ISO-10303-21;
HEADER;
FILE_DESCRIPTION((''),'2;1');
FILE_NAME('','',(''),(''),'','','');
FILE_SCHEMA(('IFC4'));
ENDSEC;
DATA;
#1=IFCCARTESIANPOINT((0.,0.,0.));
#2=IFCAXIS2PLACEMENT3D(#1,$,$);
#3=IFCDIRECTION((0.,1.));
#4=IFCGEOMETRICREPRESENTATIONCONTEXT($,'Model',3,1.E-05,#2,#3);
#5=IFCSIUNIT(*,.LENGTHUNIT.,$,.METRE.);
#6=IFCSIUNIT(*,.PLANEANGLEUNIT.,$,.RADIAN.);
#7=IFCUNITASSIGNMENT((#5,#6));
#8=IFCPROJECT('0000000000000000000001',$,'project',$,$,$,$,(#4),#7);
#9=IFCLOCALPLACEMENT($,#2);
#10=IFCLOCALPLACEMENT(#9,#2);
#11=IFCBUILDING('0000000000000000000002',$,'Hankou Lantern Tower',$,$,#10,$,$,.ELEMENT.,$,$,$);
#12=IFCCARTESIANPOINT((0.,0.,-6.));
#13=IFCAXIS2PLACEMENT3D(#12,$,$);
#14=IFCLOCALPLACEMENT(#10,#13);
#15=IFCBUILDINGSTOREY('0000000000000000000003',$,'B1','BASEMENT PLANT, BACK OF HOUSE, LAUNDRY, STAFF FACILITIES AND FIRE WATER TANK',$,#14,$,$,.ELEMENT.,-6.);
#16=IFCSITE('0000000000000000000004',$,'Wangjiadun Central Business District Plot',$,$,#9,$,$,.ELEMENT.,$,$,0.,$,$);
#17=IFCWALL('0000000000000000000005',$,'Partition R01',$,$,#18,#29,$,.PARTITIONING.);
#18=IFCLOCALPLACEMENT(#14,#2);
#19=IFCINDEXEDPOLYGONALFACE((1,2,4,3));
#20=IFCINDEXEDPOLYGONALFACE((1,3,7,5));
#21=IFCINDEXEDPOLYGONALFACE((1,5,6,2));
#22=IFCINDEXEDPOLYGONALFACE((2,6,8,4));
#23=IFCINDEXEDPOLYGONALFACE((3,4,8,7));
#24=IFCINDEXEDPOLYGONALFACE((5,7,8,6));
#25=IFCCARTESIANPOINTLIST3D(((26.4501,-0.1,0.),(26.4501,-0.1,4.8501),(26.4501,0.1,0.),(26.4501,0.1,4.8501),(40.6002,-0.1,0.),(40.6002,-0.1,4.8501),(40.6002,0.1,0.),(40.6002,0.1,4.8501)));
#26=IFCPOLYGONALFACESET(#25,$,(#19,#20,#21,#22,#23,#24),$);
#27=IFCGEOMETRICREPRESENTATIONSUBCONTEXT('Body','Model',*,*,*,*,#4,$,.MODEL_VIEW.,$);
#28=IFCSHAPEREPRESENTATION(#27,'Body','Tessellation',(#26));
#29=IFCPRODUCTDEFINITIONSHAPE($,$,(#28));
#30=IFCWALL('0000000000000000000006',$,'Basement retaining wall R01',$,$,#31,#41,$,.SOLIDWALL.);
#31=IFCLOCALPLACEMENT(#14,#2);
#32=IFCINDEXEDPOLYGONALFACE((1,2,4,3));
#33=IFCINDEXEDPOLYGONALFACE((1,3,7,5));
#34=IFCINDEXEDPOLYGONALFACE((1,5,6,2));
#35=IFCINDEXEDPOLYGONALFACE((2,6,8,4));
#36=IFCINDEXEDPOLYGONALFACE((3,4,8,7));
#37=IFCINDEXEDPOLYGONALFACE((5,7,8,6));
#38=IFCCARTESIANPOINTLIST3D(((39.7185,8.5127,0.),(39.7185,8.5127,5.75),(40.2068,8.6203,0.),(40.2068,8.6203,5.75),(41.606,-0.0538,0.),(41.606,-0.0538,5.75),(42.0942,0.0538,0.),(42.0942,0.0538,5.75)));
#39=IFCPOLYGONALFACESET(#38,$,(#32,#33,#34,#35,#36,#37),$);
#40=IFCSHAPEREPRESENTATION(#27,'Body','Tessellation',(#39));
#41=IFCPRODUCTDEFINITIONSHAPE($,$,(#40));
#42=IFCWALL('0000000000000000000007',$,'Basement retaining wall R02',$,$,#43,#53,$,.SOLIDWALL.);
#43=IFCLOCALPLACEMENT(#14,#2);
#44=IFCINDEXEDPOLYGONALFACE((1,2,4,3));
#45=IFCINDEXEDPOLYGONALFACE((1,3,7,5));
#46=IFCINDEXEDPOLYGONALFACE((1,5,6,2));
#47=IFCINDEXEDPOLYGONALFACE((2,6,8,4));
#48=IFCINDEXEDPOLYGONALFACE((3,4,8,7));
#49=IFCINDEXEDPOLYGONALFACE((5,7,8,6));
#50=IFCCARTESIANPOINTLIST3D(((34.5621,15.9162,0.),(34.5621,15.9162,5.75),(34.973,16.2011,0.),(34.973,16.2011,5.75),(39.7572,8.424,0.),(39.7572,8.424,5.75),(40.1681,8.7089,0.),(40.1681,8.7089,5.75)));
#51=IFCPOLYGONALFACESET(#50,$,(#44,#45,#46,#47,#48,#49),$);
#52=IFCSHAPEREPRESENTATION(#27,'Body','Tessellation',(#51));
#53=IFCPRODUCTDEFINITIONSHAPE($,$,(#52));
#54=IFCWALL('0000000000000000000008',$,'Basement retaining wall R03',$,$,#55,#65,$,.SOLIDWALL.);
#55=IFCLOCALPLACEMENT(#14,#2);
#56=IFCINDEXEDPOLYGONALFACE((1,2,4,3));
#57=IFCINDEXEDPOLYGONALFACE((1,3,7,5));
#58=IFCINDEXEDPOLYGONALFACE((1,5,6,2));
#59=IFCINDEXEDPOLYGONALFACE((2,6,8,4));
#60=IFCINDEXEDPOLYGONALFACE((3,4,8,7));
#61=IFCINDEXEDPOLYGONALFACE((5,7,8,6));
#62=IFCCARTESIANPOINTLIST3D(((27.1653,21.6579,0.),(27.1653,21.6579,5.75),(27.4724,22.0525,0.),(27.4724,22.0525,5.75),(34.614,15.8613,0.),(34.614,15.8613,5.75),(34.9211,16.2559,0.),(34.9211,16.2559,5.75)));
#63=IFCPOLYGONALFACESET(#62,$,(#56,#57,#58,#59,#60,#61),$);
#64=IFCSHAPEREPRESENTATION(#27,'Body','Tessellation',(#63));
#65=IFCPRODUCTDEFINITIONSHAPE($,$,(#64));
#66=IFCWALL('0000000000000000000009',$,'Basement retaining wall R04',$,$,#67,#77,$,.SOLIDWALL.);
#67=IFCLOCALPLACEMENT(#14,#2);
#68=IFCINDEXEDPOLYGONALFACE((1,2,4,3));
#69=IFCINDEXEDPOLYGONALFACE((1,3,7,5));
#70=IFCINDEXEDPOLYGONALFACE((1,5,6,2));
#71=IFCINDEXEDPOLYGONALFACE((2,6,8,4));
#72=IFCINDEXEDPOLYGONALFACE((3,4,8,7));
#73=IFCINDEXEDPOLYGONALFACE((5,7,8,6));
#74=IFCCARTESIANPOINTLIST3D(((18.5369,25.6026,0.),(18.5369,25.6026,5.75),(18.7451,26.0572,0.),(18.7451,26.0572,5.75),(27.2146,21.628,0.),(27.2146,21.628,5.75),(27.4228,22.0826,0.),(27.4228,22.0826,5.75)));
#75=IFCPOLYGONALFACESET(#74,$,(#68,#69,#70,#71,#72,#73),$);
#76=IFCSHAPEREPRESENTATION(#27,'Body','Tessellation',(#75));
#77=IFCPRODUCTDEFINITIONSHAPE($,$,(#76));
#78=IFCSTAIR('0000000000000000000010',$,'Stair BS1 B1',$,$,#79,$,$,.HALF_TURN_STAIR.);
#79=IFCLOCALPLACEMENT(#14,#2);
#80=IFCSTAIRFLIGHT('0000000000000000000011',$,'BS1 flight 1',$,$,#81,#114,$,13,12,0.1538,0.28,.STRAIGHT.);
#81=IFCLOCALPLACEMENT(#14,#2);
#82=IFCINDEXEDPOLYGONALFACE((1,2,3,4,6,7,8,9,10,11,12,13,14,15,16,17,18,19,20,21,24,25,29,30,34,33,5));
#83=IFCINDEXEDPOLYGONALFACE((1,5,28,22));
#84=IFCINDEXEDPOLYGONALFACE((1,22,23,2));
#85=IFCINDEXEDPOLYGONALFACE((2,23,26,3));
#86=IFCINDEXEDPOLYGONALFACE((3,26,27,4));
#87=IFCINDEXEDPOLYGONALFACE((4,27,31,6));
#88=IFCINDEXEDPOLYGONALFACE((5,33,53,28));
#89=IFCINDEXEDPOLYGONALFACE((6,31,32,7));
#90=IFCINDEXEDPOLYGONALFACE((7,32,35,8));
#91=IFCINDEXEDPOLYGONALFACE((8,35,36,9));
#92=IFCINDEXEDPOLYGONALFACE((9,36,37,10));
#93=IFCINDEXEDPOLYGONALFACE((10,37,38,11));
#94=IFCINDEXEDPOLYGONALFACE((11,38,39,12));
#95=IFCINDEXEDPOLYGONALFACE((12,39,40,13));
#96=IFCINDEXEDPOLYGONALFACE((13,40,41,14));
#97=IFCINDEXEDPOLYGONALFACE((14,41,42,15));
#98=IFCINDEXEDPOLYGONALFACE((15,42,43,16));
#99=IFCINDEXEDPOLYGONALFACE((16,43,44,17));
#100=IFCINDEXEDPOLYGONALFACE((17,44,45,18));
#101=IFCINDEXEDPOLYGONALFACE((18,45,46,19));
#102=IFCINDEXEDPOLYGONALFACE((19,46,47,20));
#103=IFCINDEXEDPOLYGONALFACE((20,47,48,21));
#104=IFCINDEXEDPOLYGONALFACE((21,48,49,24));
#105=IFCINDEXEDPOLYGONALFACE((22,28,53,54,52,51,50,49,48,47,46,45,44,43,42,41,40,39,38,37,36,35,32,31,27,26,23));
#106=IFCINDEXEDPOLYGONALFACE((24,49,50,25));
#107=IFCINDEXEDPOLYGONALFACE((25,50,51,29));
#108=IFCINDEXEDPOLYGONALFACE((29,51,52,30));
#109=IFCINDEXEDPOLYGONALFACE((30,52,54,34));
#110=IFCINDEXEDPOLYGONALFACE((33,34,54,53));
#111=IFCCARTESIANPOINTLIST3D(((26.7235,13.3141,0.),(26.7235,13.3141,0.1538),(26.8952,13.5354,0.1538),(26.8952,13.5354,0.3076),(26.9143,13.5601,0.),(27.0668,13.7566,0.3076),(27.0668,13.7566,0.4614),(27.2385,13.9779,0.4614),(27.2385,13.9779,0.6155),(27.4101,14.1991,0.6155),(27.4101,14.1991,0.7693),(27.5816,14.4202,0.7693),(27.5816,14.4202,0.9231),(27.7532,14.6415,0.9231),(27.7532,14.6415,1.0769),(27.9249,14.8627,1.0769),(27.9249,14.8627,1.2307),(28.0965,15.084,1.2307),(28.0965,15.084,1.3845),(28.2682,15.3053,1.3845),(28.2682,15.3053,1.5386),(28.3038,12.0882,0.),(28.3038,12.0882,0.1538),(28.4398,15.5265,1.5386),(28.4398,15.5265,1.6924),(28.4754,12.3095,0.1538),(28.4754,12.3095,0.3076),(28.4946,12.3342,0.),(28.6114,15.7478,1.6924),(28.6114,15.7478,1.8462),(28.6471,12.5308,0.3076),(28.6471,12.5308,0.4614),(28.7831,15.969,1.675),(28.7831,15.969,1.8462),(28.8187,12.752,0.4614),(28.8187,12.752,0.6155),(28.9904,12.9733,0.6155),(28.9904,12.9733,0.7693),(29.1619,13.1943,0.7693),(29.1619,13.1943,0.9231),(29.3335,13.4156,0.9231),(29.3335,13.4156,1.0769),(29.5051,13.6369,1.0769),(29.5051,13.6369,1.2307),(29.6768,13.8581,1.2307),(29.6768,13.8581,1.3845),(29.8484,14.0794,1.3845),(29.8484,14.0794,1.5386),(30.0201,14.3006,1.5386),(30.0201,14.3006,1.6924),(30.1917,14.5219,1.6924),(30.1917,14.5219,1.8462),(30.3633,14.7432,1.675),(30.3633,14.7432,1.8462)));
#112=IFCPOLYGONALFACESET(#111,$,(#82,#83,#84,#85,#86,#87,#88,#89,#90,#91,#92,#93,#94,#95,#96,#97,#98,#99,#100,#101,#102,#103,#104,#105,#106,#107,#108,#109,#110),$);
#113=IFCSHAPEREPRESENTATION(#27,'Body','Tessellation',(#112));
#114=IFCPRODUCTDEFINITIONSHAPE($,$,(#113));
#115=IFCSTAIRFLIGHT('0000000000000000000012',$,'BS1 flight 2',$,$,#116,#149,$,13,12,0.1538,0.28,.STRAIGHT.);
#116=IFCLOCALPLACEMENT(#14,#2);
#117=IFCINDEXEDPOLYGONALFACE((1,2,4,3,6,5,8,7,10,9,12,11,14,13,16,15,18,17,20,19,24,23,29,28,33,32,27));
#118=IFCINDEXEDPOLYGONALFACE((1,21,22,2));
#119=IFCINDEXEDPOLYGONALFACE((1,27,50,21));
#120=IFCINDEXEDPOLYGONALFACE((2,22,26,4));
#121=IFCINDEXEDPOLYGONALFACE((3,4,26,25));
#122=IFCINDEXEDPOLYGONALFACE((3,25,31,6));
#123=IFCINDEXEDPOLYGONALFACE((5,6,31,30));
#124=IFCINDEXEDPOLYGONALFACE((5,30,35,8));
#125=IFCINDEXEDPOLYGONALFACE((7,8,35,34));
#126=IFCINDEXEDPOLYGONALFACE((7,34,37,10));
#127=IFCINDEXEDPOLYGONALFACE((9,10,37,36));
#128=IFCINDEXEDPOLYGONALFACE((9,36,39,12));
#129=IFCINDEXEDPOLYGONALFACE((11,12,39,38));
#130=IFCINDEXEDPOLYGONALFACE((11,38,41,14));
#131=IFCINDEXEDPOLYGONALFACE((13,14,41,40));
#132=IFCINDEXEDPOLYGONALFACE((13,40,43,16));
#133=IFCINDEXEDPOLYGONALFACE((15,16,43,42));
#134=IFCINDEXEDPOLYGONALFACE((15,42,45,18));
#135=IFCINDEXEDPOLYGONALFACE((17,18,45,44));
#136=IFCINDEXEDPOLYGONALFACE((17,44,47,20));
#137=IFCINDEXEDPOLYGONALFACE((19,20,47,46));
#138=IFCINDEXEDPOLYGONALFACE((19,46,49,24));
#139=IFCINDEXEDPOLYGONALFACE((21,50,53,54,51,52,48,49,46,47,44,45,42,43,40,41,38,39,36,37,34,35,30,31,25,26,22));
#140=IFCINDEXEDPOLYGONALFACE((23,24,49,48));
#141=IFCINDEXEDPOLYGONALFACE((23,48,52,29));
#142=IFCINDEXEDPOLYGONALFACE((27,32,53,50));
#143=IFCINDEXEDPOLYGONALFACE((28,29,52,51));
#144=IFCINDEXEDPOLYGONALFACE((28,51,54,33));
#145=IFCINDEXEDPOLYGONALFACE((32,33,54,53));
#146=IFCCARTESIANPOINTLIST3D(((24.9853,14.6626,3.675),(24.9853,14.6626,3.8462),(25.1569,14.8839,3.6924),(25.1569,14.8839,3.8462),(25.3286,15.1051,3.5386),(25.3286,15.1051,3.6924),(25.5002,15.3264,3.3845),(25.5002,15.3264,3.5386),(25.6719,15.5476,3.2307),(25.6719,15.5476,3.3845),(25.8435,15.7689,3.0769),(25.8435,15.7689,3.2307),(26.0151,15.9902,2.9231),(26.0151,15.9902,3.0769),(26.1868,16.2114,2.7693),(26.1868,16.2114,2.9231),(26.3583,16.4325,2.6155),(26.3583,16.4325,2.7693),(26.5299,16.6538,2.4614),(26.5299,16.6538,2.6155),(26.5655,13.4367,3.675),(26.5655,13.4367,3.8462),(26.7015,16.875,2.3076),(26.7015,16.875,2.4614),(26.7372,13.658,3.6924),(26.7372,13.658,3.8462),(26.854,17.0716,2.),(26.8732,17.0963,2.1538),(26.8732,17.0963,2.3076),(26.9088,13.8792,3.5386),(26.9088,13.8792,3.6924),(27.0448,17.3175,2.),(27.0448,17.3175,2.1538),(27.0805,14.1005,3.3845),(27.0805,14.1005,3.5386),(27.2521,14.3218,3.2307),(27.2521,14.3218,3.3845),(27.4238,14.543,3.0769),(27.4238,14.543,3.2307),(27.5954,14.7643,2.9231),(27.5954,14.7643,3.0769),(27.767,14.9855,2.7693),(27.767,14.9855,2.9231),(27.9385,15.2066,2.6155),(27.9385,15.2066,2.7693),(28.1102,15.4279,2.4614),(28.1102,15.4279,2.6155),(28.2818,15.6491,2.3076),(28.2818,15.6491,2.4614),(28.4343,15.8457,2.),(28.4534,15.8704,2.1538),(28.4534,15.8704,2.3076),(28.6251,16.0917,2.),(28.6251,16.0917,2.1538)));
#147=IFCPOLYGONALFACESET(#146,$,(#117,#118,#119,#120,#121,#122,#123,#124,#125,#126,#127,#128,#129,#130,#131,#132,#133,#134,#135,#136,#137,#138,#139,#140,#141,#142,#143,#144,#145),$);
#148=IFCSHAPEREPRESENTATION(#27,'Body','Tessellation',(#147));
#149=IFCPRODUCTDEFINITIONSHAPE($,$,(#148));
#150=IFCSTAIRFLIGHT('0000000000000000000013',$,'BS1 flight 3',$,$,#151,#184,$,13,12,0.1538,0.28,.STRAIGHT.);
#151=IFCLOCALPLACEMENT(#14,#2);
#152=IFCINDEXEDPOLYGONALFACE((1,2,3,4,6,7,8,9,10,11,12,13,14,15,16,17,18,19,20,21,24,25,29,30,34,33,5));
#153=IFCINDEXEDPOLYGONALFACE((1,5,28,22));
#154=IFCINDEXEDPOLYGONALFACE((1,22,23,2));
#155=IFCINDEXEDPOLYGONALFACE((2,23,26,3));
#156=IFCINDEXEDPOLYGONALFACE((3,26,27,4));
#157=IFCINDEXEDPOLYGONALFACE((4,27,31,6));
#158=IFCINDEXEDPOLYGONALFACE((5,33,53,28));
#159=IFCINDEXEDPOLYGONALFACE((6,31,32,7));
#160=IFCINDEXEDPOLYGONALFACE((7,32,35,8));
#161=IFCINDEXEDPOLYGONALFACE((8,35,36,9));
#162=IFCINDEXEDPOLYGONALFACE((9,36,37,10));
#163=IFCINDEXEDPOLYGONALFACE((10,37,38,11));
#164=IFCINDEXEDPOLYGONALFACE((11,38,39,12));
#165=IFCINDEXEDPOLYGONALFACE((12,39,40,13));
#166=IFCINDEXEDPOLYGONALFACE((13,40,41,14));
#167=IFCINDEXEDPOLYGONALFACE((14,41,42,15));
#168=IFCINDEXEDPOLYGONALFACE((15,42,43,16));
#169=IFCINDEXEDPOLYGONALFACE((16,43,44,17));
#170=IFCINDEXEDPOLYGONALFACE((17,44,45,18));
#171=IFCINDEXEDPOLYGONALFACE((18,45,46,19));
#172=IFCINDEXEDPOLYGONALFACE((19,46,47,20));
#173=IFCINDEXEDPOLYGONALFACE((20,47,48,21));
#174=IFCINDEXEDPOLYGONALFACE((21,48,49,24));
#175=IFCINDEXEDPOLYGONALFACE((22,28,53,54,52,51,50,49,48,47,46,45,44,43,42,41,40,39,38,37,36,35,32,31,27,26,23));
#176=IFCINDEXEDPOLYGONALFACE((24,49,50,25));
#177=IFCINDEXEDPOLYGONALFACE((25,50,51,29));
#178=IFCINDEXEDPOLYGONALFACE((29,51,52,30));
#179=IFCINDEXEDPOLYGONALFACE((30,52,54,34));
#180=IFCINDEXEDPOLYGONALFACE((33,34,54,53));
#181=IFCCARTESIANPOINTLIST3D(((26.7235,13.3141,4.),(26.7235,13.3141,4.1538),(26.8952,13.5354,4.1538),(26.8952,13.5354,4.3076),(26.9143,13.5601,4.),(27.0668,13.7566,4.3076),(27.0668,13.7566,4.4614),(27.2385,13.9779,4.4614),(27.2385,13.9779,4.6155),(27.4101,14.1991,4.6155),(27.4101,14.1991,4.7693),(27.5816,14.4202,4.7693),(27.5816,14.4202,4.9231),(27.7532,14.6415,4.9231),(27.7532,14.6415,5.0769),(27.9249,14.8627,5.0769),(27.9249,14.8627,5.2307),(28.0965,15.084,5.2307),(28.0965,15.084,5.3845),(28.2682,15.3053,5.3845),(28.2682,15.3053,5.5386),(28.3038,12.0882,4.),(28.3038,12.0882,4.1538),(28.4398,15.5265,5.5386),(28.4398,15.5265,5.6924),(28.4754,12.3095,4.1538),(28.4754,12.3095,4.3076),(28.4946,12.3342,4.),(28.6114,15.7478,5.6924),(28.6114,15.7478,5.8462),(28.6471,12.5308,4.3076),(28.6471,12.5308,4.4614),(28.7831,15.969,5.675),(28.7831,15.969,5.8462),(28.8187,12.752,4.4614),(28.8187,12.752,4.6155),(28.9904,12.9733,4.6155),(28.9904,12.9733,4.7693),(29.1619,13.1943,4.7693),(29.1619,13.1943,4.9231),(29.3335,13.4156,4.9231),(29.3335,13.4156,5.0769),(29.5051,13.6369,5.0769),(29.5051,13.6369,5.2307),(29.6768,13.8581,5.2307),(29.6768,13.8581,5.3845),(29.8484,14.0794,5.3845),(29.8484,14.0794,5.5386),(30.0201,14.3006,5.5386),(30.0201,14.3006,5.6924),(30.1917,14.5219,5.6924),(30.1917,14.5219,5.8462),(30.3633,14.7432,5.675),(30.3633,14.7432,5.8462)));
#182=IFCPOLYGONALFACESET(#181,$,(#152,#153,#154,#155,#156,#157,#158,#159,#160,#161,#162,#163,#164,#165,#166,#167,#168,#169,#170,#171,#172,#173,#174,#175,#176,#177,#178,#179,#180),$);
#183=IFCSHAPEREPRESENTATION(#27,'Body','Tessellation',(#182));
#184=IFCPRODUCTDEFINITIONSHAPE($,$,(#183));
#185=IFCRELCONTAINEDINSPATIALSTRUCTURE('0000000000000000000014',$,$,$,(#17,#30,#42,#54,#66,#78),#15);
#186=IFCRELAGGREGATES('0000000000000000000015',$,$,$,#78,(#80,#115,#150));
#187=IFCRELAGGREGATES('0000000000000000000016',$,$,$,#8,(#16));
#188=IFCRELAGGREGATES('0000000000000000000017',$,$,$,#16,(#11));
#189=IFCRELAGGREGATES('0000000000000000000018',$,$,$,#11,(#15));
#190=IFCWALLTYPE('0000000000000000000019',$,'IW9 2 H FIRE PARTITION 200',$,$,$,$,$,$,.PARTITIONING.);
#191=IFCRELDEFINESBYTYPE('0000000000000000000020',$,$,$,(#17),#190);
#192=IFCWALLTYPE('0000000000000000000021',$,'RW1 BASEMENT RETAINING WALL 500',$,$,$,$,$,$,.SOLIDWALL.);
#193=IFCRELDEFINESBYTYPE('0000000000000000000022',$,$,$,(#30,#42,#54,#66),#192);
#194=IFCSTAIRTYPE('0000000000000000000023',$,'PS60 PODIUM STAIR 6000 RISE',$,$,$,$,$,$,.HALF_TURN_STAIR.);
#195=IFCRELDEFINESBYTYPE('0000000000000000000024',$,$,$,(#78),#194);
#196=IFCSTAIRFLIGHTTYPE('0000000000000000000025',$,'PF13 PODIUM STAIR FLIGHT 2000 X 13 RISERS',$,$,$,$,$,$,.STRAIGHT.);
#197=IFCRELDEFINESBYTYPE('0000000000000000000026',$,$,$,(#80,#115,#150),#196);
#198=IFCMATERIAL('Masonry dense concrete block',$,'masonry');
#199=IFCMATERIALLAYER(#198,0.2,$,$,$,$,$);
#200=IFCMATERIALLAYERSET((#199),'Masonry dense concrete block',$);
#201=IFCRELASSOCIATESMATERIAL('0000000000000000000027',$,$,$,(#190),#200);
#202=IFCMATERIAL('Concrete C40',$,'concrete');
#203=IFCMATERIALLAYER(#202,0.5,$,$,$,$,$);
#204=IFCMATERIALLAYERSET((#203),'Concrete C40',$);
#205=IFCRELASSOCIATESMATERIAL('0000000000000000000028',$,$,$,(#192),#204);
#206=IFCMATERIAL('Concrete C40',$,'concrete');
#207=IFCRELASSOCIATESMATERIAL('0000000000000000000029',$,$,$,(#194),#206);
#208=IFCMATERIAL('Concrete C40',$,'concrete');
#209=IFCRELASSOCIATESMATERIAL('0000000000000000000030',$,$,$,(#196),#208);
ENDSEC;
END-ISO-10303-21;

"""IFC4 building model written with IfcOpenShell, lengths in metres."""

from ifc_helpers import new_model, si_unit, direction, frame, frame_2d, origin, place, context, subcontext, project, spatial, polyline, rectangle, outline, extrude, material, layer, layer_set, type_object, element, aggregate, save


model = new_model("IFC4")

# Units and contexts
model_context = context("Model", 3, precision=1e-05, world=origin(), true_north=direction((0.0, 1.0)))
body_context = subcontext(model_context, "Body", "Model", "MODEL_VIEW")
ifc_project = project(units=[si_unit("LENGTHUNIT", "METRE"), si_unit("PLANEANGLEUNIT", "RADIAN")], contexts=[model_context])

# Site, building, storey
site_placement = place(None, origin())
site = spatial("IfcSite", under=ifc_project, at=site_placement, Name="Wangjiadun Central Business District Plot", CompositionType="ELEMENT", RefElevation=0.0)
building_placement = place(site_placement, origin())
building = spatial("IfcBuilding", under=site, at=building_placement, Name="Hankou Lantern Tower", CompositionType="ELEMENT")
storey_placement = place(building_placement, frame((0.0, 0.0, -6.0)))
storey = spatial("IfcBuildingStorey", under=building, at=storey_placement, Name="B1", Description="BASEMENT PLANT, BACK OF HOUSE, LAUNDRY, STAFF FACILITIES AND FIRE WATER TANK", CompositionType="ELEMENT", Elevation=-6.0)

# Walls
ifc_material_1 = material(Name="Masonry dense concrete block", Category="masonry")
ifc_layer_1 = layer(ifc_material_1, 0.2)
ifc_layer_set_1 = layer_set([ifc_layer_1], Name="Masonry dense concrete block")
wall_type_1 = type_object("IfcWallType", Name="IW9 2 H FIRE PARTITION 200", PredefinedType="PARTITIONING", material=ifc_layer_set_1)
wall_1_placement = place(storey_placement, frame((26.45, 0.0, 0.0), z_axis=(0.0, 0.0, 1.0), x_axis=(1.0, 0.0, 0.0)))
element("IfcWall", 1, at=wall_1_placement, inside=storey, type_object=wall_type_1, Name="Partition R01", PredefinedType="PARTITIONING", context=body_context, shape_type="SweptSolid", body=[
    extrude(rectangle(XDim=14.1501, YDim=0.2, at=frame_2d((7.0752, 0.0))), origin(), (0.0, 0.0, 1.0), 4.8501),
])
ifc_material_2 = material(Name="Concrete C40", Category="concrete")
ifc_layer_2 = layer(ifc_material_2, 0.5)
ifc_layer_set_2 = layer_set([ifc_layer_2], Name="Concrete C40")
wall_type_2 = type_object("IfcWallType", Name="RW1 BASEMENT RETAINING WALL 500", PredefinedType="SOLIDWALL", material=ifc_layer_set_2)
wall_2_placement = place(storey_placement, frame((41.8501, 0.0, 0.0), z_axis=(0.0, 0.0, 1.0), x_axis=(-0.215171, 0.976576, 0.0)))
element("IfcWall", 2, at=wall_2_placement, inside=storey, type_object=wall_type_2, Name="Basement retaining wall R01", PredefinedType="SOLIDWALL", context=body_context, shape_type="SweptSolid", body=[
    extrude(rectangle(XDim=8.772, YDim=0.5, at=frame_2d((4.386, 0.0))), origin(), (0.0, 0.0, 1.0), 5.75),
])
wall_3_placement = place(storey_placement, frame((39.9626, 8.5664, 0.0), z_axis=(0.0, 0.0, 1.0), x_axis=(-0.569816, 0.821773, 0.0)))
element("IfcWall", 3, at=wall_3_placement, inside=storey, type_object=wall_type_2, Name="Basement retaining wall R02", PredefinedType="SOLIDWALL", context=body_context, shape_type="SweptSolid", body=[
    extrude(rectangle(XDim=9.1172, YDim=0.5, at=frame_2d((4.5586, 0.0))), origin(), (0.0, 0.0, 1.0), 5.75),
])
wall_4_placement = place(storey_placement, frame((34.7676, 16.0586, 0.0), z_axis=(0.0, 0.0, 1.0), x_axis=(-0.789189, 0.61415, 0.0)))
element("IfcWall", 4, at=wall_4_placement, inside=storey, type_object=wall_type_2, Name="Basement retaining wall R03", PredefinedType="SOLIDWALL", context=body_context, shape_type="SweptSolid", body=[
    extrude(rectangle(XDim=9.4385, YDim=0.5, at=frame_2d((4.7192, 0.0))), origin(), (0.0, 0.0, 1.0), 5.75),
])
wall_5_placement = place(storey_placement, frame((27.3188, 21.8552, 0.0), z_axis=(0.0, 0.0, 1.0), x_axis=(-0.909171, 0.416422, 0.0)))
element("IfcWall", 5, at=wall_5_placement, inside=storey, type_object=wall_type_2, Name="Basement retaining wall R04", PredefinedType="SOLIDWALL", context=body_context, shape_type="SweptSolid", body=[
    extrude(rectangle(XDim=9.5447, YDim=0.5, at=frame_2d((4.7725, 0.0))), origin(), (0.0, 0.0, 1.0), 5.75),
])

# Stair, stair flights
ifc_material_3 = material(Name="Concrete C40", Category="concrete")
stair_type = type_object("IfcStairType", Name="PS60 PODIUM STAIR 6000 RISE", PredefinedType="HALF_TURN_STAIR", material=ifc_material_3)
stair_placement = place(storey_placement, origin())
stair = element("IfcStair", 6, at=stair_placement, inside=storey, type_object=stair_type, Name="Stair BS1 B1", PredefinedType="HALF_TURN_STAIR")
ifc_material_4 = material(Name="Concrete C40", Category="concrete")
stair_flight_type = type_object("IfcStairFlightType", Name="PF13 PODIUM STAIR FLIGHT 2000 X 13 RISERS", PredefinedType="STRAIGHT", material=ifc_material_4)
stair_flight_1_placement = place(storey_placement, frame((27.5137, 12.7012, 0.0), z_axis=(0.0, 0.0, 1.0), x_axis=(0.61294, 0.79013, 0.0)))
stair_flight_1 = element("IfcStairFlight", 7, at=stair_flight_1_placement, type_object=stair_flight_type, Name="BS1 flight 1", NumberOfRisers=13, NumberOfTreads=12, PredefinedType="STRAIGHT", RiserHeight=0.1538, TreadLength=0.28, context=body_context, shape_type="SweptSolid", body=[
    extrude(outline(polyline([(0.0, 0.0), (0.0, 0.1538), (0.28, 0.1538), (0.28, 0.3076), (0.5601, 0.3076), (0.5601, 0.4614), (0.8401, 0.4614), (0.8401, 0.6155), (1.1201, 0.6155), (1.1201, 0.7693), (1.3999, 0.7693), (1.3999, 0.9231), (1.6799, 0.9231), (1.6799, 1.0769), (1.96, 1.0769), (1.96, 1.2307), (2.24, 1.2307), (2.24, 1.3845), (2.52, 1.3845), (2.52, 1.5386), (2.8, 1.5386), (2.8, 1.6924), (3.0801, 1.6924), (3.0801, 1.8462), (3.3601, 1.8462), (3.3601, 2.0), (3.3601, 1.675), (0.3113, 0.0), (0.0, 0.0)])), frame((0.0, 1.0, 0.0), z_axis=(0.0, -1.0, 0.0), x_axis=(1.0, 0.0, 0.0)), (0.0, 0.0, 1.0), 2.0),
])
stair_flight_2_placement = place(storey_placement, frame((27.835, 16.7046, 2.0), z_axis=(0.0, 0.0, 1.0), x_axis=(-0.61294, -0.79013, 0.0)))
stair_flight_2 = element("IfcStairFlight", 8, at=stair_flight_2_placement, type_object=stair_flight_type, Name="BS1 flight 2", NumberOfRisers=13, NumberOfTreads=12, PredefinedType="STRAIGHT", RiserHeight=0.1538, TreadLength=0.28, context=body_context, shape_type="SweptSolid", body=[
    extrude(outline(polyline([(0.0, 0.0), (0.0, 0.1538), (0.28, 0.1538), (0.28, 0.3076), (0.5601, 0.3076), (0.5601, 0.4614), (0.8401, 0.4614), (0.8401, 0.6155), (1.1201, 0.6155), (1.1201, 0.7693), (1.3999, 0.7693), (1.3999, 0.9231), (1.6799, 0.9231), (1.6799, 1.0769), (1.96, 1.0769), (1.96, 1.2307), (2.24, 1.2307), (2.24, 1.3845), (2.52, 1.3845), (2.52, 1.5386), (2.8, 1.5386), (2.8, 1.6924), (3.0801, 1.6924), (3.0801, 1.8462), (3.3601, 1.8462), (3.3601, 2.0), (3.3601, 1.675), (0.3113, 0.0), (0.0, 0.0)])), frame((0.0, 1.0, 0.0), z_axis=(0.0, -1.0, 0.0), x_axis=(1.0, 0.0, 0.0)), (0.0, 0.0, 1.0), 2.0),
])
stair_flight_3_placement = place(storey_placement, frame((27.5137, 12.7012, 4.0), z_axis=(0.0, 0.0, 1.0), x_axis=(0.61294, 0.79013, 0.0)))
stair_flight_3 = element("IfcStairFlight", 9, at=stair_flight_3_placement, type_object=stair_flight_type, Name="BS1 flight 3", NumberOfRisers=13, NumberOfTreads=12, PredefinedType="STRAIGHT", RiserHeight=0.1538, TreadLength=0.28, context=body_context, shape_type="SweptSolid", body=[
    extrude(outline(polyline([(0.0, 0.0), (0.0, 0.1538), (0.28, 0.1538), (0.28, 0.3076), (0.5601, 0.3076), (0.5601, 0.4614), (0.8401, 0.4614), (0.8401, 0.6155), (1.1201, 0.6155), (1.1201, 0.7693), (1.3999, 0.7693), (1.3999, 0.9231), (1.6799, 0.9231), (1.6799, 1.0769), (1.96, 1.0769), (1.96, 1.2307), (2.24, 1.2307), (2.24, 1.3845), (2.52, 1.3845), (2.52, 1.5386), (2.8, 1.5386), (2.8, 1.6924), (3.0801, 1.6924), (3.0801, 1.8462), (3.3601, 1.8462), (3.3601, 2.0), (3.3601, 1.675), (0.3113, 0.0), (0.0, 0.0)])), frame((0.0, 1.0, 0.0), z_axis=(0.0, -1.0, 0.0), x_axis=(1.0, 0.0, 0.0)), (0.0, 0.0, 1.0), 2.0),
])
aggregate(stair, [stair_flight_1, stair_flight_2, stair_flight_3])

save(model, "model.ifc")
